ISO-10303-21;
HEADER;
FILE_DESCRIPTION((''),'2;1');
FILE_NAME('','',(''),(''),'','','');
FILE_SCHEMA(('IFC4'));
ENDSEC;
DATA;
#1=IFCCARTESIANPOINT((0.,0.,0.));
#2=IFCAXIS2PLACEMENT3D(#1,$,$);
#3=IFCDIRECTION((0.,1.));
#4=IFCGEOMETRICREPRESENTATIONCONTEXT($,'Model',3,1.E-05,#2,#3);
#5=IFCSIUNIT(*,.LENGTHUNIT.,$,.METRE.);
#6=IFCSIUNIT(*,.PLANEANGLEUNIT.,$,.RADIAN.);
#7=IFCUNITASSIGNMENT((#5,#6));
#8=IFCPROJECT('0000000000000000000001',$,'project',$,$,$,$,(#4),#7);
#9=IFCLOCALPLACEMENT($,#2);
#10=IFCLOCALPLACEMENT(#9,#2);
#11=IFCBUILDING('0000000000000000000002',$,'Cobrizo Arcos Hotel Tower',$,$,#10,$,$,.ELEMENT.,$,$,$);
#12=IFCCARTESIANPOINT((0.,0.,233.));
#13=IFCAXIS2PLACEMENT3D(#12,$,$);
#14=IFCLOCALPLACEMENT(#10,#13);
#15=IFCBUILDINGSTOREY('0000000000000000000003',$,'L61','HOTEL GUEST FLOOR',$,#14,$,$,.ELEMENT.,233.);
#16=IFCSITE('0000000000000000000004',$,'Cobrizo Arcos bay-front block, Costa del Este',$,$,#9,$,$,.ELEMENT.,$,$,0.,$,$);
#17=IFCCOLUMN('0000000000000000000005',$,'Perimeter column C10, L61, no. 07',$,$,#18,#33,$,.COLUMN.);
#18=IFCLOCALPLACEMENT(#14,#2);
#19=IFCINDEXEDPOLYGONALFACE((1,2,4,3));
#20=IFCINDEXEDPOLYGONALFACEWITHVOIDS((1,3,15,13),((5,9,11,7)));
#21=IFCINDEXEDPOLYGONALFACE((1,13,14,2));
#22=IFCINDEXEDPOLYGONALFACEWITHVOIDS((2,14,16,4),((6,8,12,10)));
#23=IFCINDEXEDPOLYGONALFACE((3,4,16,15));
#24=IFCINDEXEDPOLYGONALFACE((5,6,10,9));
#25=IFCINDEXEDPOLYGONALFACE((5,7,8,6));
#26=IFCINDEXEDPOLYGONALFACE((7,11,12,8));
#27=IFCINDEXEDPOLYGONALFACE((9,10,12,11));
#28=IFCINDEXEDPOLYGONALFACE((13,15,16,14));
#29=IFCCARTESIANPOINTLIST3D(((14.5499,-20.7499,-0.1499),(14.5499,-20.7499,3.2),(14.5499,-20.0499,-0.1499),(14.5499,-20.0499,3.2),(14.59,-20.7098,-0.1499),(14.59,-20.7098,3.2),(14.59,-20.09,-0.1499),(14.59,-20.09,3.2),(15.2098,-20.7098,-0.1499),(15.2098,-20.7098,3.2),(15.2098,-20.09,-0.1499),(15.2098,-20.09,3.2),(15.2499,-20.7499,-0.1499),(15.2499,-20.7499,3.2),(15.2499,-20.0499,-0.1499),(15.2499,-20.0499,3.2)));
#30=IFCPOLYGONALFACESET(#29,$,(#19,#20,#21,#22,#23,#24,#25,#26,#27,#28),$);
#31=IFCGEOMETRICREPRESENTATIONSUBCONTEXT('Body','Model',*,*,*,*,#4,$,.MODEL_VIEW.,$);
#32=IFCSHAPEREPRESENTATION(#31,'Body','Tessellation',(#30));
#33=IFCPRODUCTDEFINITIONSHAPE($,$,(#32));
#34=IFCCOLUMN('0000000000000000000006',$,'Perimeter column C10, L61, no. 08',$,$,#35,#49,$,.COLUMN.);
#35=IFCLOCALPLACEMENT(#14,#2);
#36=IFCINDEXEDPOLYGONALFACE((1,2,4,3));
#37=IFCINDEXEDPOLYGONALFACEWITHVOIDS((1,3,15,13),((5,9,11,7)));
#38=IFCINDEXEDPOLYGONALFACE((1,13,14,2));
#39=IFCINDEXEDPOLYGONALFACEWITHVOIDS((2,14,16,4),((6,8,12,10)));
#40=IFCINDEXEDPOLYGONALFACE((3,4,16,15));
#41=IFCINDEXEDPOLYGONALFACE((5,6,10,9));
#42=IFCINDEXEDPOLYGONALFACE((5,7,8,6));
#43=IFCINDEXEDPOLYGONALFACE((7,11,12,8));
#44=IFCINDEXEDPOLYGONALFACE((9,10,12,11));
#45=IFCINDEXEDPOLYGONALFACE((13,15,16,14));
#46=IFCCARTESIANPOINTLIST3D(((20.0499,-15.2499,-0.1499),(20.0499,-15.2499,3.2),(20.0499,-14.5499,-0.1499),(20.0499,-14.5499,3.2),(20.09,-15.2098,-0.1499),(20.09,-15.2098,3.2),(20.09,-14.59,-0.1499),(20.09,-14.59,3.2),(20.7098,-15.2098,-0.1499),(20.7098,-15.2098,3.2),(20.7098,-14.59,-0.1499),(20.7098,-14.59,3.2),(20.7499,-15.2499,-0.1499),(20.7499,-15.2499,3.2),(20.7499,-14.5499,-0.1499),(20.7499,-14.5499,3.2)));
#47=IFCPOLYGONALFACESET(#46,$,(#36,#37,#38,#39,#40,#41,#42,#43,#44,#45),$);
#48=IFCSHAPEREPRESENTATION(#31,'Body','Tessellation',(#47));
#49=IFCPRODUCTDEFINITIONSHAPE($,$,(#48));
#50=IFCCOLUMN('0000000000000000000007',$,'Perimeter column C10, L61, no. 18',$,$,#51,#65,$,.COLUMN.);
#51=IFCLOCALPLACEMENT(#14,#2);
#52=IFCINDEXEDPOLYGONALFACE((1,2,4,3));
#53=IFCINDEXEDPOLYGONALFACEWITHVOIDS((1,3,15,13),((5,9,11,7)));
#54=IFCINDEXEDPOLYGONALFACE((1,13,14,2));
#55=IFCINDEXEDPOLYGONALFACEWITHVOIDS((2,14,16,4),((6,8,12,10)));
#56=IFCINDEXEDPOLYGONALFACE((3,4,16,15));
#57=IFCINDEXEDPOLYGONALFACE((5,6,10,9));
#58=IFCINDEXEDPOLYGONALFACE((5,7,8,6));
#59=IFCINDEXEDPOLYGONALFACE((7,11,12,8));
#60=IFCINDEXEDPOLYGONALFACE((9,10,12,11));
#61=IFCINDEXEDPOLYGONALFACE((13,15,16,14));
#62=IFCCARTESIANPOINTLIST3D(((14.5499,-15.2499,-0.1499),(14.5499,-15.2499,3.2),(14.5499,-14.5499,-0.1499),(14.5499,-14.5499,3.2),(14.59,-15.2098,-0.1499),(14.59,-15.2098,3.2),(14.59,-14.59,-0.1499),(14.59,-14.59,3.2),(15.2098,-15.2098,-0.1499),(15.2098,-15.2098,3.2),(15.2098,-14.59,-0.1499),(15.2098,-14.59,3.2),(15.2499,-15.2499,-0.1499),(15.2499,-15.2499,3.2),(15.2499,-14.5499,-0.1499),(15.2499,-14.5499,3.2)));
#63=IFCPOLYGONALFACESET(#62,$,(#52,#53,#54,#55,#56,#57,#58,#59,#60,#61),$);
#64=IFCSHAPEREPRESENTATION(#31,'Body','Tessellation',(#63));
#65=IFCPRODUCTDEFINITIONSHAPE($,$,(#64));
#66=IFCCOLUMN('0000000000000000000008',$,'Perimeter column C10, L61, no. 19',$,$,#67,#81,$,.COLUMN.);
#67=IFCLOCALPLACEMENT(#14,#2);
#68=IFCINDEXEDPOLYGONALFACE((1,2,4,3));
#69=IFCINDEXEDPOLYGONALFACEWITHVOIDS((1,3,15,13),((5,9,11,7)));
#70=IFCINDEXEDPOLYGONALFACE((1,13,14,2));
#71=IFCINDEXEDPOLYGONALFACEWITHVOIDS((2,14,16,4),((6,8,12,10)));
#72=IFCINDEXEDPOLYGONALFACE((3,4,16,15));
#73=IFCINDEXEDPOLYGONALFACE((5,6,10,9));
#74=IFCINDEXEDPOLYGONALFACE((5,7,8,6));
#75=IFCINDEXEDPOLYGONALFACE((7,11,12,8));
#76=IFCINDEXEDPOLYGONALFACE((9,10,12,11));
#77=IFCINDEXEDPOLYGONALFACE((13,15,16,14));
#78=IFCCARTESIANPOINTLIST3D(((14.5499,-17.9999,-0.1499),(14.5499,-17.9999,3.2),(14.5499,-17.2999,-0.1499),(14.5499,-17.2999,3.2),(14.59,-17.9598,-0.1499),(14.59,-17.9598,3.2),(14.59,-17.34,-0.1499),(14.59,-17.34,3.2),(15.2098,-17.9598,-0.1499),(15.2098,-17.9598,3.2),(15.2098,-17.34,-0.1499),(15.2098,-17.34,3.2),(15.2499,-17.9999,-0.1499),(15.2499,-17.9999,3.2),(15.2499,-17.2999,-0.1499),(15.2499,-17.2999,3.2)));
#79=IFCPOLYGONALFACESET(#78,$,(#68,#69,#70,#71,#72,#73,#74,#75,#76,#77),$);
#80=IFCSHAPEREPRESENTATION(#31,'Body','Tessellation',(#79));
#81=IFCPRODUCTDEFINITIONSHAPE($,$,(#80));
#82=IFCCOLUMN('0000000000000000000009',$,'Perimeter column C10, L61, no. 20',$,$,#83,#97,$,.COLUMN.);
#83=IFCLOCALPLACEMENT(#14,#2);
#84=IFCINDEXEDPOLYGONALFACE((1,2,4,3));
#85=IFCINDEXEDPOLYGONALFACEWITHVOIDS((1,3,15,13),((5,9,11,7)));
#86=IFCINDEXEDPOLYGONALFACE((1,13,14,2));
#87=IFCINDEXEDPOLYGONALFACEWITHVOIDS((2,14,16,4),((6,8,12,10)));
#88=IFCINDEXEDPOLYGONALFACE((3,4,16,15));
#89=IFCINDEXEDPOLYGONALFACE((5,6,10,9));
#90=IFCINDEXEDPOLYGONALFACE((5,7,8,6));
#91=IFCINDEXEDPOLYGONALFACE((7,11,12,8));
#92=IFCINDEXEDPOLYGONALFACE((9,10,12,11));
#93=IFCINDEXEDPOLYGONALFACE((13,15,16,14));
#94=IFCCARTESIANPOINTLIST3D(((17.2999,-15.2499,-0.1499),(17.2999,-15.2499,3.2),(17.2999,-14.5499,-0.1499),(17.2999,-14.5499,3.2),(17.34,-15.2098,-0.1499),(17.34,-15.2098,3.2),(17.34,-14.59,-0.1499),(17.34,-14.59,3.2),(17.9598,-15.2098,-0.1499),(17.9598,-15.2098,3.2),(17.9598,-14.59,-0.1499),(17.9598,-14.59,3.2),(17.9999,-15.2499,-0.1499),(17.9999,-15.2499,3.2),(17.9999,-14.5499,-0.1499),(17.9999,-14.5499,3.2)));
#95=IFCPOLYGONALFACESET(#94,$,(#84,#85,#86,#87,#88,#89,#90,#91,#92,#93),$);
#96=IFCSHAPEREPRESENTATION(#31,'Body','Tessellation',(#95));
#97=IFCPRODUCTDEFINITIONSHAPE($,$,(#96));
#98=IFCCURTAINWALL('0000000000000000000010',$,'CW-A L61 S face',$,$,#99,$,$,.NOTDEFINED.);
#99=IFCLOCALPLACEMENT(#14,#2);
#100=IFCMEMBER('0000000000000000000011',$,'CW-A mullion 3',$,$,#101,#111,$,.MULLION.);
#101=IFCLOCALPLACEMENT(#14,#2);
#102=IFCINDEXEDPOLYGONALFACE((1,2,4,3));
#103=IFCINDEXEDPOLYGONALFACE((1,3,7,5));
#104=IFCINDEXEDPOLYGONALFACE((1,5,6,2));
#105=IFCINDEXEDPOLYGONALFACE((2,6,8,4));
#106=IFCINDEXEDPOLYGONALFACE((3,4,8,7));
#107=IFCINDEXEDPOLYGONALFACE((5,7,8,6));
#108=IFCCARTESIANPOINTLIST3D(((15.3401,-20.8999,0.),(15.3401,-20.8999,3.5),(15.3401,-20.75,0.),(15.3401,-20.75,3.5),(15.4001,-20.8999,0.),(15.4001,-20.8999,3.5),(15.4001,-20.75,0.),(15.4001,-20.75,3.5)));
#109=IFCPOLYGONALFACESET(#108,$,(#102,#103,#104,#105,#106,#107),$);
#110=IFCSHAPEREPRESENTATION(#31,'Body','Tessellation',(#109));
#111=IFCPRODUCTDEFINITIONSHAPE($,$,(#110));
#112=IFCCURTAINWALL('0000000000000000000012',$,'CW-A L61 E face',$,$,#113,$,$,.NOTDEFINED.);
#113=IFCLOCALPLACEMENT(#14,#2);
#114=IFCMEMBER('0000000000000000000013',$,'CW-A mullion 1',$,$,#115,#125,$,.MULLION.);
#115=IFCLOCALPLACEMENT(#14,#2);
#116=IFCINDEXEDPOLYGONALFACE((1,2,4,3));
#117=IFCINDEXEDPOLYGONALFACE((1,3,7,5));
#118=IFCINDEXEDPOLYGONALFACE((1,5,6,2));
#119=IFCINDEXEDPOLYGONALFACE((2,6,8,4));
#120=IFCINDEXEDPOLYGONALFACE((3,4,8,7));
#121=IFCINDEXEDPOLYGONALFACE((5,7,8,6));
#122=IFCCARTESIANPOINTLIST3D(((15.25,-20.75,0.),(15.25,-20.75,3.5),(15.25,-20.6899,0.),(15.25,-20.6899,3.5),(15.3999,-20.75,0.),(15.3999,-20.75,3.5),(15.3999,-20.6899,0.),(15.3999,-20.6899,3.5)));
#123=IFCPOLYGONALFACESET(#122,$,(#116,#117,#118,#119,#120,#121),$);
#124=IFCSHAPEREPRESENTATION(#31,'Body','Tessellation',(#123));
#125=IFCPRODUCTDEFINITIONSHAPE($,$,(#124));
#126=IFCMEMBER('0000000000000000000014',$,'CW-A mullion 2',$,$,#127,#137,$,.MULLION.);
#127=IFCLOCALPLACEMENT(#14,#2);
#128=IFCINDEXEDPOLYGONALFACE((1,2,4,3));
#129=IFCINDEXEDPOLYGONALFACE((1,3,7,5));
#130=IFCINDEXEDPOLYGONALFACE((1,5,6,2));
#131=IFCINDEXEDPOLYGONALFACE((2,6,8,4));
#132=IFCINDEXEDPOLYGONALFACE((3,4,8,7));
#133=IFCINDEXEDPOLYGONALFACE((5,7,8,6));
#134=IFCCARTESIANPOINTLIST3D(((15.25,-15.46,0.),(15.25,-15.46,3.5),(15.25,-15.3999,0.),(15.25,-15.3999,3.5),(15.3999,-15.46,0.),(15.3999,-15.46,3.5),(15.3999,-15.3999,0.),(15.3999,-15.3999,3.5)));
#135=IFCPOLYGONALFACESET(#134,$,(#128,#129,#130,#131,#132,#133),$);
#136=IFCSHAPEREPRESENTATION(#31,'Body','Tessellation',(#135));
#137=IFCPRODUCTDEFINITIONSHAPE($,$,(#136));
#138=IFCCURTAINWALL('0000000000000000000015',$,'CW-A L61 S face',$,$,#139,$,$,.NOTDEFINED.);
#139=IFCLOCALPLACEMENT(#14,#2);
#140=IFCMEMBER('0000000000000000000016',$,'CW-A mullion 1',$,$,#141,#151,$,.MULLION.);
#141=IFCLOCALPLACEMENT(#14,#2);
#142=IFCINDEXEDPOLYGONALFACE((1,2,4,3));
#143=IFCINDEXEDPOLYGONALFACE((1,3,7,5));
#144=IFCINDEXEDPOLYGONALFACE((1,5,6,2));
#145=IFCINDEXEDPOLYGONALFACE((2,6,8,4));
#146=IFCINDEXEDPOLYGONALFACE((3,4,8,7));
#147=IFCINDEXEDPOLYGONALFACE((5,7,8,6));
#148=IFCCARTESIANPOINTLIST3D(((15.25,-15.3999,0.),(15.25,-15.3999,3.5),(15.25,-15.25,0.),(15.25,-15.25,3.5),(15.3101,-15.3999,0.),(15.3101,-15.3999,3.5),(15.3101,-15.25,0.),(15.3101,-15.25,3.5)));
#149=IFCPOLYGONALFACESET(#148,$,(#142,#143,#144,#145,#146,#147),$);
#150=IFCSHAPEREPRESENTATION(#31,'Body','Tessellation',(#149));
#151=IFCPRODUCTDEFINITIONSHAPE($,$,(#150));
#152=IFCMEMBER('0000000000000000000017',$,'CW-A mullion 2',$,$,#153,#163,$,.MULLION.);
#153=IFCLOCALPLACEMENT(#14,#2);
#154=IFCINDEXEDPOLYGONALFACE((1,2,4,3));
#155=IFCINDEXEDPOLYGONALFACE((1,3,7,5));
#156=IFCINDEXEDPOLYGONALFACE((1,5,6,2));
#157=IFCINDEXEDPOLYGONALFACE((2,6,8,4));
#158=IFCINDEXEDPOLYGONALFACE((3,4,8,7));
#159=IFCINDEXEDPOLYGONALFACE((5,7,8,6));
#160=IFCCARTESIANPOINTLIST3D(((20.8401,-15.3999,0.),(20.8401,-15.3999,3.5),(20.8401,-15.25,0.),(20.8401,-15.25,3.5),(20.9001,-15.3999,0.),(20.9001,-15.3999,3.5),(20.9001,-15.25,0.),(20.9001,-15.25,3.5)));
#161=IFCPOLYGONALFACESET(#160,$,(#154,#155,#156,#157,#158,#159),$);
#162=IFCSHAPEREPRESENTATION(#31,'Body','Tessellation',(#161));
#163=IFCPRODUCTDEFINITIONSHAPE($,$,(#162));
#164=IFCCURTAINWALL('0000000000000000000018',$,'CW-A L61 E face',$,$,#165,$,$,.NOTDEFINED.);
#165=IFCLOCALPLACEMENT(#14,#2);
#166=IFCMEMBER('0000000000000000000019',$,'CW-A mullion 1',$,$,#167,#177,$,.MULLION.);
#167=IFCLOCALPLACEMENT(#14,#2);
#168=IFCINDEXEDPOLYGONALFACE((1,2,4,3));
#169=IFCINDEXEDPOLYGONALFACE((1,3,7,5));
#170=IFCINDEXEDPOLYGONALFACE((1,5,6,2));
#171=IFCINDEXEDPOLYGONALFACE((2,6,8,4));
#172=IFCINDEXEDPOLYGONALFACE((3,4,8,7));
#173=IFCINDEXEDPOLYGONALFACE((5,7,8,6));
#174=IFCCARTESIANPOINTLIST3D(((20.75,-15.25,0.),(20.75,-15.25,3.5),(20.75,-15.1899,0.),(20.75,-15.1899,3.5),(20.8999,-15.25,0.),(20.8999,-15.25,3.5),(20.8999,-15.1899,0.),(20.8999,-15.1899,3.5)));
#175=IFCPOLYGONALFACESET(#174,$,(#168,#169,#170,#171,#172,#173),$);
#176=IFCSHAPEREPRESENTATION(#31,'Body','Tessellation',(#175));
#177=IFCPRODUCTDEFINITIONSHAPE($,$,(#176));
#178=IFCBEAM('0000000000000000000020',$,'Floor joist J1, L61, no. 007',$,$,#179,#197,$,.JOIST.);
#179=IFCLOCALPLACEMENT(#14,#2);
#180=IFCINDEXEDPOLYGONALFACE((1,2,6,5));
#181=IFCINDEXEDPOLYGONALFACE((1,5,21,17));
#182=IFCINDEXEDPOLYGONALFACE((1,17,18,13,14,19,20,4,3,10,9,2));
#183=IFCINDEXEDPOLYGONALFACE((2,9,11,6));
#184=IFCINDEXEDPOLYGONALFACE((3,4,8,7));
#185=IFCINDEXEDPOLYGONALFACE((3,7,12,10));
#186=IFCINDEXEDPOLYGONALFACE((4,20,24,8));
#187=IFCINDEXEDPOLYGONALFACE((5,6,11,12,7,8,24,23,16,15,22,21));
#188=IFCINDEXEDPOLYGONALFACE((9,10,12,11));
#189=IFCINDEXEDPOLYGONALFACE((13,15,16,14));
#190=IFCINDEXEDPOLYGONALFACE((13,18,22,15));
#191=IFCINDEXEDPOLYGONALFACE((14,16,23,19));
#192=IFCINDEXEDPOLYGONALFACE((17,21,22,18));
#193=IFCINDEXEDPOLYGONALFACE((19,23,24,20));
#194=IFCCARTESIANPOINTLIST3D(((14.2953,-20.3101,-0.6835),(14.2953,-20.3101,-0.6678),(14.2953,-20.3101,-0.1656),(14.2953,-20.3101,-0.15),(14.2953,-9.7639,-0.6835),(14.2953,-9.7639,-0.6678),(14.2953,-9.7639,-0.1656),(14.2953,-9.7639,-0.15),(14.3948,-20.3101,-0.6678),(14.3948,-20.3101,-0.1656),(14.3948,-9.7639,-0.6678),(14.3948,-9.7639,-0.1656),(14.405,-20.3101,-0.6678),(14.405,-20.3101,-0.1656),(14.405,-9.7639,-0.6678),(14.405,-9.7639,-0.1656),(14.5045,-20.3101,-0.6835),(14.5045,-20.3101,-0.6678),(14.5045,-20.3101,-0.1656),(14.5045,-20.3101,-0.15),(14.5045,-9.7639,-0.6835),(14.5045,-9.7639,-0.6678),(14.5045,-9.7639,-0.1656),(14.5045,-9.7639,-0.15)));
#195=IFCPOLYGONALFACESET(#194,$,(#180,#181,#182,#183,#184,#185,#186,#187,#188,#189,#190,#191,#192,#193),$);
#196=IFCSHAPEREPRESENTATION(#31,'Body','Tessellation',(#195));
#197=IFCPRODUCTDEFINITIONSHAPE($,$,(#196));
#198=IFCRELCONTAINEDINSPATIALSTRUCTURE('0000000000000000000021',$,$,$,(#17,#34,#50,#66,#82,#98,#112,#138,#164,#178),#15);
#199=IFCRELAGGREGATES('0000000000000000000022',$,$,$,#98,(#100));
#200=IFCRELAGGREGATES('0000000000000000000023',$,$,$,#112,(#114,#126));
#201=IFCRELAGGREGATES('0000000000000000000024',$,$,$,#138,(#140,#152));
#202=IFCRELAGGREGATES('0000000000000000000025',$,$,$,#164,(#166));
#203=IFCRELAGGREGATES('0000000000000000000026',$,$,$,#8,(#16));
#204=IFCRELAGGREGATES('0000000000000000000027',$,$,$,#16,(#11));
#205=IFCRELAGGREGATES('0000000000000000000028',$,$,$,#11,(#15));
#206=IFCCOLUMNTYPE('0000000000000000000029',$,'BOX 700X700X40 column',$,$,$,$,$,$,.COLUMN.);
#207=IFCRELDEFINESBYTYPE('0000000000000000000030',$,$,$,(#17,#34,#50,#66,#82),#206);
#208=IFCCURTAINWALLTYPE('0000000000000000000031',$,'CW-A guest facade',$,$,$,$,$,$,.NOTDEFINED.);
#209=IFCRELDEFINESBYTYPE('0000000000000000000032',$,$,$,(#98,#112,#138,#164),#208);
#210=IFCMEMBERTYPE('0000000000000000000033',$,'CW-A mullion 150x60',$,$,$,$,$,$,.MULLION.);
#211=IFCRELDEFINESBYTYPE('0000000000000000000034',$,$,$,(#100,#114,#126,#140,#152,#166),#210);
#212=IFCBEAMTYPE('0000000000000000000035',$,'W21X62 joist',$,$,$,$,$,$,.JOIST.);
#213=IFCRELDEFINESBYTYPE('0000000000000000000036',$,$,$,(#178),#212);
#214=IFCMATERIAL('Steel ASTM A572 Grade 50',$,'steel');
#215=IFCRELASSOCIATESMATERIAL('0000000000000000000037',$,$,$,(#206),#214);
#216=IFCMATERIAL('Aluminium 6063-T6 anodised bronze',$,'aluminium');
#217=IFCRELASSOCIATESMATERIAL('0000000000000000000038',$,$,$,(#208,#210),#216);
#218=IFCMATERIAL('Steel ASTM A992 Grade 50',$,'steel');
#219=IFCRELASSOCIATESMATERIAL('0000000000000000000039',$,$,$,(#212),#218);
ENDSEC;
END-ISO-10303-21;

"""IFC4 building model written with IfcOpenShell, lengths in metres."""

from ifc_helpers import new_model, si_unit, direction, frame, origin, origin_2d, place, context, subcontext, project, spatial, rectangle, hollow_rectangle, i_section, extrude, material, material_profile, profile_set, type_object, element, aggregate, save


model = new_model("IFC4")

# Units and contexts
model_context = context("Model", 3, precision=1e-05, world=origin(), true_north=direction((0.0, 1.0)))
body_context = subcontext(model_context, "Body", "Model", "MODEL_VIEW")
ifc_project = project(units=[si_unit("LENGTHUNIT", "METRE"), si_unit("PLANEANGLEUNIT", "RADIAN")], contexts=[model_context])

# Site, building, storey
site_placement = place(None, origin())
site = spatial("IfcSite", under=ifc_project, at=site_placement, Name="Cobrizo Arcos bay-front block, Costa del Este", CompositionType="ELEMENT", RefElevation=0.0)
building_placement = place(site_placement, origin())
building = spatial("IfcBuilding", under=site, at=building_placement, Name="Cobrizo Arcos Hotel Tower", CompositionType="ELEMENT")
storey_placement = place(building_placement, frame((0.0, 0.0, 233.0)))
storey = spatial("IfcBuildingStorey", under=building, at=storey_placement, Name="L61", Description="HOTEL GUEST FLOOR", CompositionType="ELEMENT", Elevation=233.0)

# Columns
ifc_material_1 = material(Name="Steel ASTM A572 Grade 50", Category="steel")
ifc_material_profile_1 = material_profile(ifc_material_1, hollow_rectangle(XDim=0.7, YDim=0.7, WallThickness=0.04, at=origin_2d()), Name="BOX 700X700X40")
ifc_profile_set_1 = profile_set([ifc_material_profile_1], Name="Steel ASTM A572 Grade 50")
column_type = type_object("IfcColumnType", Name="BOX 700X700X40 column", PredefinedType="COLUMN", material=ifc_profile_set_1)
for number, where, z_axis, x_axis, name in (
    (1, (14.8999, -20.3999, -0.1499), (0.0, 0.0, 1.0), (1.0, 0.0, 0.0), "Perimeter column C10, L61, no. 07"),
    (2, (20.3999, -14.8999, -0.1499), (0.0, 0.0, 1.0), (1.0, 0.0, 0.0), "Perimeter column C10, L61, no. 08"),
    (3, (14.8999, -14.8999, -0.1499), (0.0, 0.0, 1.0), (1.0, 0.0, 0.0), "Perimeter column C10, L61, no. 18"),
    (4, (14.8999, -17.6499, -0.1499), (0.0, 0.0, 1.0), (1.0, 0.0, 0.0), "Perimeter column C10, L61, no. 19"),
    (5, (17.6499, -14.8999, -0.1499), (0.0, 0.0, 1.0), (1.0, 0.0, 0.0), "Perimeter column C10, L61, no. 20"),
):
    element("IfcColumn", number, at=place(storey_placement, frame(where, z_axis=z_axis, x_axis=x_axis)), inside=storey, type_object=column_type, Name=name, PredefinedType="COLUMN", context=body_context, shape_type="SweptSolid", body=[
        extrude(hollow_rectangle(XDim=0.7, YDim=0.7, WallThickness=0.04, at=origin_2d()), origin(), (0.0, 0.0, 1.0), 3.3499),
    ])

# Curtain wall, member
ifc_material_2 = material(Name="Aluminium 6063-T6 anodised bronze", Category="aluminium")
curtain_wall_type = type_object("IfcCurtainWallType", Name="CW-A guest facade", PredefinedType="NOTDEFINED", material=ifc_material_2)
curtain_wall_1_placement = place(storey_placement, origin())
curtain_wall_1 = element("IfcCurtainWall", 6, at=curtain_wall_1_placement, inside=storey, type_object=curtain_wall_type, Name="CW-A L61 S face", PredefinedType="NOTDEFINED")
ifc_material_profile_2 = material_profile(ifc_material_2, rectangle(XDim=0.1499, YDim=0.0601, at=origin_2d()), Name="CW-A mullion 150x60")
ifc_profile_set_2 = profile_set([ifc_material_profile_2], Name="Aluminium 6063-T6 anodised bronze")
member_type = type_object("IfcMemberType", Name="CW-A mullion 150x60", PredefinedType="MULLION", material=ifc_profile_set_2)
member_1_placement = place(storey_placement, frame((15.3701, -20.825, 0.0), z_axis=(0.0, 0.0, 1.0), x_axis=(0.0, -1.0, 0.0)))
member_1 = element("IfcMember", 7, at=member_1_placement, type_object=member_type, Name="CW-A mullion 3", PredefinedType="MULLION", context=body_context, shape_type="SweptSolid", body=[
    extrude(rectangle(XDim=0.1499, YDim=0.0601, at=origin_2d()), origin(), (0.0, 0.0, 1.0), 3.5),
])

# Curtain walls, members
curtain_wall_2_placement = place(storey_placement, origin())
curtain_wall_2 = element("IfcCurtainWall", 8, at=curtain_wall_2_placement, inside=storey, type_object=curtain_wall_type, Name="CW-A L61 E face", PredefinedType="NOTDEFINED")
member_2_placement = place(storey_placement, frame((15.325, -20.72, 0.0), z_axis=(0.0, 0.0, 1.0), x_axis=(1.0, 0.0, 0.0)))
member_2 = element("IfcMember", 9, at=member_2_placement, type_object=member_type, Name="CW-A mullion 1", PredefinedType="MULLION", context=body_context, shape_type="SweptSolid", body=[
    extrude(rectangle(XDim=0.1499, YDim=0.0601, at=origin_2d()), origin(), (0.0, 0.0, 1.0), 3.5),
])
member_3_placement = place(storey_placement, frame((15.325, -15.4299, 0.0), z_axis=(0.0, 0.0, 1.0), x_axis=(1.0, 0.0, 0.0)))
member_3 = element("IfcMember", 10, at=member_3_placement, type_object=member_type, Name="CW-A mullion 2", PredefinedType="MULLION", context=body_context, shape_type="SweptSolid", body=[
    extrude(rectangle(XDim=0.1499, YDim=0.0601, at=origin_2d()), origin(), (0.0, 0.0, 1.0), 3.5),
])
curtain_wall_3_placement = place(storey_placement, origin())
curtain_wall_3 = element("IfcCurtainWall", 11, at=curtain_wall_3_placement, inside=storey, type_object=curtain_wall_type, Name="CW-A L61 S face", PredefinedType="NOTDEFINED")
member_4_placement = place(storey_placement, frame((15.28, -15.325, 0.0), z_axis=(0.0, 0.0, 1.0), x_axis=(0.0, -1.0, 0.0)))
member_4 = element("IfcMember", 12, at=member_4_placement, type_object=member_type, Name="CW-A mullion 1", PredefinedType="MULLION", context=body_context, shape_type="SweptSolid", body=[
    extrude(rectangle(XDim=0.1499, YDim=0.0601, at=origin_2d()), origin(), (0.0, 0.0, 1.0), 3.5),
])
member_5_placement = place(storey_placement, frame((20.8701, -15.325, 0.0), z_axis=(0.0, 0.0, 1.0), x_axis=(0.0, -1.0, 0.0)))
member_5 = element("IfcMember", 13, at=member_5_placement, type_object=member_type, Name="CW-A mullion 2", PredefinedType="MULLION", context=body_context, shape_type="SweptSolid", body=[
    extrude(rectangle(XDim=0.1499, YDim=0.0601, at=origin_2d()), origin(), (0.0, 0.0, 1.0), 3.5),
])

# Curtain wall, member
curtain_wall_4_placement = place(storey_placement, origin())
curtain_wall_4 = element("IfcCurtainWall", 14, at=curtain_wall_4_placement, inside=storey, type_object=curtain_wall_type, Name="CW-A L61 E face", PredefinedType="NOTDEFINED")
member_6_placement = place(storey_placement, frame((20.825, -15.22, 0.0), z_axis=(0.0, 0.0, 1.0), x_axis=(1.0, 0.0, 0.0)))
member_6 = element("IfcMember", 15, at=member_6_placement, type_object=member_type, Name="CW-A mullion 1", PredefinedType="MULLION", context=body_context, shape_type="SweptSolid", body=[
    extrude(rectangle(XDim=0.1499, YDim=0.0601, at=origin_2d()), origin(), (0.0, 0.0, 1.0), 3.5),
])

# Beam
ifc_material_3 = material(Name="Steel ASTM A992 Grade 50", Category="steel")
ifc_material_profile_3 = material_profile(ifc_material_3, i_section(OverallWidth=0.2092, OverallDepth=0.5334, WebThickness=0.0103, FlangeThickness=0.0156, at=origin_2d()), Name="W21X62")
ifc_profile_set_3 = profile_set([ifc_material_profile_3], Name="Steel ASTM A992 Grade 50")
beam_type_1 = type_object("IfcBeamType", Name="W21X62 joist", PredefinedType="JOIST", material=ifc_profile_set_3)
beam_1_placement = place(storey_placement, frame((14.3999, -20.3101, -0.4167), z_axis=(0.0, 1.0, 0.0), x_axis=(-1.0, 0.0, 0.0)))
element("IfcBeam", 16, at=beam_1_placement, inside=storey, type_object=beam_type_1, Name="Floor joist J1, L61, no. 007", PredefinedType="JOIST", context=body_context, shape_type="SweptSolid", body=[
    extrude(i_section(OverallWidth=0.2092, OverallDepth=0.5334, WebThickness=0.0103, FlangeThickness=0.0156, at=origin_2d()), origin(), (0.0, 0.0, 1.0), 10.5461),
])

aggregate(curtain_wall_1, [member_1])
aggregate(curtain_wall_2, [member_2, member_3])
aggregate(curtain_wall_3, [member_4, member_5])
aggregate(curtain_wall_4, [member_6])

save(model, "model.ifc")
